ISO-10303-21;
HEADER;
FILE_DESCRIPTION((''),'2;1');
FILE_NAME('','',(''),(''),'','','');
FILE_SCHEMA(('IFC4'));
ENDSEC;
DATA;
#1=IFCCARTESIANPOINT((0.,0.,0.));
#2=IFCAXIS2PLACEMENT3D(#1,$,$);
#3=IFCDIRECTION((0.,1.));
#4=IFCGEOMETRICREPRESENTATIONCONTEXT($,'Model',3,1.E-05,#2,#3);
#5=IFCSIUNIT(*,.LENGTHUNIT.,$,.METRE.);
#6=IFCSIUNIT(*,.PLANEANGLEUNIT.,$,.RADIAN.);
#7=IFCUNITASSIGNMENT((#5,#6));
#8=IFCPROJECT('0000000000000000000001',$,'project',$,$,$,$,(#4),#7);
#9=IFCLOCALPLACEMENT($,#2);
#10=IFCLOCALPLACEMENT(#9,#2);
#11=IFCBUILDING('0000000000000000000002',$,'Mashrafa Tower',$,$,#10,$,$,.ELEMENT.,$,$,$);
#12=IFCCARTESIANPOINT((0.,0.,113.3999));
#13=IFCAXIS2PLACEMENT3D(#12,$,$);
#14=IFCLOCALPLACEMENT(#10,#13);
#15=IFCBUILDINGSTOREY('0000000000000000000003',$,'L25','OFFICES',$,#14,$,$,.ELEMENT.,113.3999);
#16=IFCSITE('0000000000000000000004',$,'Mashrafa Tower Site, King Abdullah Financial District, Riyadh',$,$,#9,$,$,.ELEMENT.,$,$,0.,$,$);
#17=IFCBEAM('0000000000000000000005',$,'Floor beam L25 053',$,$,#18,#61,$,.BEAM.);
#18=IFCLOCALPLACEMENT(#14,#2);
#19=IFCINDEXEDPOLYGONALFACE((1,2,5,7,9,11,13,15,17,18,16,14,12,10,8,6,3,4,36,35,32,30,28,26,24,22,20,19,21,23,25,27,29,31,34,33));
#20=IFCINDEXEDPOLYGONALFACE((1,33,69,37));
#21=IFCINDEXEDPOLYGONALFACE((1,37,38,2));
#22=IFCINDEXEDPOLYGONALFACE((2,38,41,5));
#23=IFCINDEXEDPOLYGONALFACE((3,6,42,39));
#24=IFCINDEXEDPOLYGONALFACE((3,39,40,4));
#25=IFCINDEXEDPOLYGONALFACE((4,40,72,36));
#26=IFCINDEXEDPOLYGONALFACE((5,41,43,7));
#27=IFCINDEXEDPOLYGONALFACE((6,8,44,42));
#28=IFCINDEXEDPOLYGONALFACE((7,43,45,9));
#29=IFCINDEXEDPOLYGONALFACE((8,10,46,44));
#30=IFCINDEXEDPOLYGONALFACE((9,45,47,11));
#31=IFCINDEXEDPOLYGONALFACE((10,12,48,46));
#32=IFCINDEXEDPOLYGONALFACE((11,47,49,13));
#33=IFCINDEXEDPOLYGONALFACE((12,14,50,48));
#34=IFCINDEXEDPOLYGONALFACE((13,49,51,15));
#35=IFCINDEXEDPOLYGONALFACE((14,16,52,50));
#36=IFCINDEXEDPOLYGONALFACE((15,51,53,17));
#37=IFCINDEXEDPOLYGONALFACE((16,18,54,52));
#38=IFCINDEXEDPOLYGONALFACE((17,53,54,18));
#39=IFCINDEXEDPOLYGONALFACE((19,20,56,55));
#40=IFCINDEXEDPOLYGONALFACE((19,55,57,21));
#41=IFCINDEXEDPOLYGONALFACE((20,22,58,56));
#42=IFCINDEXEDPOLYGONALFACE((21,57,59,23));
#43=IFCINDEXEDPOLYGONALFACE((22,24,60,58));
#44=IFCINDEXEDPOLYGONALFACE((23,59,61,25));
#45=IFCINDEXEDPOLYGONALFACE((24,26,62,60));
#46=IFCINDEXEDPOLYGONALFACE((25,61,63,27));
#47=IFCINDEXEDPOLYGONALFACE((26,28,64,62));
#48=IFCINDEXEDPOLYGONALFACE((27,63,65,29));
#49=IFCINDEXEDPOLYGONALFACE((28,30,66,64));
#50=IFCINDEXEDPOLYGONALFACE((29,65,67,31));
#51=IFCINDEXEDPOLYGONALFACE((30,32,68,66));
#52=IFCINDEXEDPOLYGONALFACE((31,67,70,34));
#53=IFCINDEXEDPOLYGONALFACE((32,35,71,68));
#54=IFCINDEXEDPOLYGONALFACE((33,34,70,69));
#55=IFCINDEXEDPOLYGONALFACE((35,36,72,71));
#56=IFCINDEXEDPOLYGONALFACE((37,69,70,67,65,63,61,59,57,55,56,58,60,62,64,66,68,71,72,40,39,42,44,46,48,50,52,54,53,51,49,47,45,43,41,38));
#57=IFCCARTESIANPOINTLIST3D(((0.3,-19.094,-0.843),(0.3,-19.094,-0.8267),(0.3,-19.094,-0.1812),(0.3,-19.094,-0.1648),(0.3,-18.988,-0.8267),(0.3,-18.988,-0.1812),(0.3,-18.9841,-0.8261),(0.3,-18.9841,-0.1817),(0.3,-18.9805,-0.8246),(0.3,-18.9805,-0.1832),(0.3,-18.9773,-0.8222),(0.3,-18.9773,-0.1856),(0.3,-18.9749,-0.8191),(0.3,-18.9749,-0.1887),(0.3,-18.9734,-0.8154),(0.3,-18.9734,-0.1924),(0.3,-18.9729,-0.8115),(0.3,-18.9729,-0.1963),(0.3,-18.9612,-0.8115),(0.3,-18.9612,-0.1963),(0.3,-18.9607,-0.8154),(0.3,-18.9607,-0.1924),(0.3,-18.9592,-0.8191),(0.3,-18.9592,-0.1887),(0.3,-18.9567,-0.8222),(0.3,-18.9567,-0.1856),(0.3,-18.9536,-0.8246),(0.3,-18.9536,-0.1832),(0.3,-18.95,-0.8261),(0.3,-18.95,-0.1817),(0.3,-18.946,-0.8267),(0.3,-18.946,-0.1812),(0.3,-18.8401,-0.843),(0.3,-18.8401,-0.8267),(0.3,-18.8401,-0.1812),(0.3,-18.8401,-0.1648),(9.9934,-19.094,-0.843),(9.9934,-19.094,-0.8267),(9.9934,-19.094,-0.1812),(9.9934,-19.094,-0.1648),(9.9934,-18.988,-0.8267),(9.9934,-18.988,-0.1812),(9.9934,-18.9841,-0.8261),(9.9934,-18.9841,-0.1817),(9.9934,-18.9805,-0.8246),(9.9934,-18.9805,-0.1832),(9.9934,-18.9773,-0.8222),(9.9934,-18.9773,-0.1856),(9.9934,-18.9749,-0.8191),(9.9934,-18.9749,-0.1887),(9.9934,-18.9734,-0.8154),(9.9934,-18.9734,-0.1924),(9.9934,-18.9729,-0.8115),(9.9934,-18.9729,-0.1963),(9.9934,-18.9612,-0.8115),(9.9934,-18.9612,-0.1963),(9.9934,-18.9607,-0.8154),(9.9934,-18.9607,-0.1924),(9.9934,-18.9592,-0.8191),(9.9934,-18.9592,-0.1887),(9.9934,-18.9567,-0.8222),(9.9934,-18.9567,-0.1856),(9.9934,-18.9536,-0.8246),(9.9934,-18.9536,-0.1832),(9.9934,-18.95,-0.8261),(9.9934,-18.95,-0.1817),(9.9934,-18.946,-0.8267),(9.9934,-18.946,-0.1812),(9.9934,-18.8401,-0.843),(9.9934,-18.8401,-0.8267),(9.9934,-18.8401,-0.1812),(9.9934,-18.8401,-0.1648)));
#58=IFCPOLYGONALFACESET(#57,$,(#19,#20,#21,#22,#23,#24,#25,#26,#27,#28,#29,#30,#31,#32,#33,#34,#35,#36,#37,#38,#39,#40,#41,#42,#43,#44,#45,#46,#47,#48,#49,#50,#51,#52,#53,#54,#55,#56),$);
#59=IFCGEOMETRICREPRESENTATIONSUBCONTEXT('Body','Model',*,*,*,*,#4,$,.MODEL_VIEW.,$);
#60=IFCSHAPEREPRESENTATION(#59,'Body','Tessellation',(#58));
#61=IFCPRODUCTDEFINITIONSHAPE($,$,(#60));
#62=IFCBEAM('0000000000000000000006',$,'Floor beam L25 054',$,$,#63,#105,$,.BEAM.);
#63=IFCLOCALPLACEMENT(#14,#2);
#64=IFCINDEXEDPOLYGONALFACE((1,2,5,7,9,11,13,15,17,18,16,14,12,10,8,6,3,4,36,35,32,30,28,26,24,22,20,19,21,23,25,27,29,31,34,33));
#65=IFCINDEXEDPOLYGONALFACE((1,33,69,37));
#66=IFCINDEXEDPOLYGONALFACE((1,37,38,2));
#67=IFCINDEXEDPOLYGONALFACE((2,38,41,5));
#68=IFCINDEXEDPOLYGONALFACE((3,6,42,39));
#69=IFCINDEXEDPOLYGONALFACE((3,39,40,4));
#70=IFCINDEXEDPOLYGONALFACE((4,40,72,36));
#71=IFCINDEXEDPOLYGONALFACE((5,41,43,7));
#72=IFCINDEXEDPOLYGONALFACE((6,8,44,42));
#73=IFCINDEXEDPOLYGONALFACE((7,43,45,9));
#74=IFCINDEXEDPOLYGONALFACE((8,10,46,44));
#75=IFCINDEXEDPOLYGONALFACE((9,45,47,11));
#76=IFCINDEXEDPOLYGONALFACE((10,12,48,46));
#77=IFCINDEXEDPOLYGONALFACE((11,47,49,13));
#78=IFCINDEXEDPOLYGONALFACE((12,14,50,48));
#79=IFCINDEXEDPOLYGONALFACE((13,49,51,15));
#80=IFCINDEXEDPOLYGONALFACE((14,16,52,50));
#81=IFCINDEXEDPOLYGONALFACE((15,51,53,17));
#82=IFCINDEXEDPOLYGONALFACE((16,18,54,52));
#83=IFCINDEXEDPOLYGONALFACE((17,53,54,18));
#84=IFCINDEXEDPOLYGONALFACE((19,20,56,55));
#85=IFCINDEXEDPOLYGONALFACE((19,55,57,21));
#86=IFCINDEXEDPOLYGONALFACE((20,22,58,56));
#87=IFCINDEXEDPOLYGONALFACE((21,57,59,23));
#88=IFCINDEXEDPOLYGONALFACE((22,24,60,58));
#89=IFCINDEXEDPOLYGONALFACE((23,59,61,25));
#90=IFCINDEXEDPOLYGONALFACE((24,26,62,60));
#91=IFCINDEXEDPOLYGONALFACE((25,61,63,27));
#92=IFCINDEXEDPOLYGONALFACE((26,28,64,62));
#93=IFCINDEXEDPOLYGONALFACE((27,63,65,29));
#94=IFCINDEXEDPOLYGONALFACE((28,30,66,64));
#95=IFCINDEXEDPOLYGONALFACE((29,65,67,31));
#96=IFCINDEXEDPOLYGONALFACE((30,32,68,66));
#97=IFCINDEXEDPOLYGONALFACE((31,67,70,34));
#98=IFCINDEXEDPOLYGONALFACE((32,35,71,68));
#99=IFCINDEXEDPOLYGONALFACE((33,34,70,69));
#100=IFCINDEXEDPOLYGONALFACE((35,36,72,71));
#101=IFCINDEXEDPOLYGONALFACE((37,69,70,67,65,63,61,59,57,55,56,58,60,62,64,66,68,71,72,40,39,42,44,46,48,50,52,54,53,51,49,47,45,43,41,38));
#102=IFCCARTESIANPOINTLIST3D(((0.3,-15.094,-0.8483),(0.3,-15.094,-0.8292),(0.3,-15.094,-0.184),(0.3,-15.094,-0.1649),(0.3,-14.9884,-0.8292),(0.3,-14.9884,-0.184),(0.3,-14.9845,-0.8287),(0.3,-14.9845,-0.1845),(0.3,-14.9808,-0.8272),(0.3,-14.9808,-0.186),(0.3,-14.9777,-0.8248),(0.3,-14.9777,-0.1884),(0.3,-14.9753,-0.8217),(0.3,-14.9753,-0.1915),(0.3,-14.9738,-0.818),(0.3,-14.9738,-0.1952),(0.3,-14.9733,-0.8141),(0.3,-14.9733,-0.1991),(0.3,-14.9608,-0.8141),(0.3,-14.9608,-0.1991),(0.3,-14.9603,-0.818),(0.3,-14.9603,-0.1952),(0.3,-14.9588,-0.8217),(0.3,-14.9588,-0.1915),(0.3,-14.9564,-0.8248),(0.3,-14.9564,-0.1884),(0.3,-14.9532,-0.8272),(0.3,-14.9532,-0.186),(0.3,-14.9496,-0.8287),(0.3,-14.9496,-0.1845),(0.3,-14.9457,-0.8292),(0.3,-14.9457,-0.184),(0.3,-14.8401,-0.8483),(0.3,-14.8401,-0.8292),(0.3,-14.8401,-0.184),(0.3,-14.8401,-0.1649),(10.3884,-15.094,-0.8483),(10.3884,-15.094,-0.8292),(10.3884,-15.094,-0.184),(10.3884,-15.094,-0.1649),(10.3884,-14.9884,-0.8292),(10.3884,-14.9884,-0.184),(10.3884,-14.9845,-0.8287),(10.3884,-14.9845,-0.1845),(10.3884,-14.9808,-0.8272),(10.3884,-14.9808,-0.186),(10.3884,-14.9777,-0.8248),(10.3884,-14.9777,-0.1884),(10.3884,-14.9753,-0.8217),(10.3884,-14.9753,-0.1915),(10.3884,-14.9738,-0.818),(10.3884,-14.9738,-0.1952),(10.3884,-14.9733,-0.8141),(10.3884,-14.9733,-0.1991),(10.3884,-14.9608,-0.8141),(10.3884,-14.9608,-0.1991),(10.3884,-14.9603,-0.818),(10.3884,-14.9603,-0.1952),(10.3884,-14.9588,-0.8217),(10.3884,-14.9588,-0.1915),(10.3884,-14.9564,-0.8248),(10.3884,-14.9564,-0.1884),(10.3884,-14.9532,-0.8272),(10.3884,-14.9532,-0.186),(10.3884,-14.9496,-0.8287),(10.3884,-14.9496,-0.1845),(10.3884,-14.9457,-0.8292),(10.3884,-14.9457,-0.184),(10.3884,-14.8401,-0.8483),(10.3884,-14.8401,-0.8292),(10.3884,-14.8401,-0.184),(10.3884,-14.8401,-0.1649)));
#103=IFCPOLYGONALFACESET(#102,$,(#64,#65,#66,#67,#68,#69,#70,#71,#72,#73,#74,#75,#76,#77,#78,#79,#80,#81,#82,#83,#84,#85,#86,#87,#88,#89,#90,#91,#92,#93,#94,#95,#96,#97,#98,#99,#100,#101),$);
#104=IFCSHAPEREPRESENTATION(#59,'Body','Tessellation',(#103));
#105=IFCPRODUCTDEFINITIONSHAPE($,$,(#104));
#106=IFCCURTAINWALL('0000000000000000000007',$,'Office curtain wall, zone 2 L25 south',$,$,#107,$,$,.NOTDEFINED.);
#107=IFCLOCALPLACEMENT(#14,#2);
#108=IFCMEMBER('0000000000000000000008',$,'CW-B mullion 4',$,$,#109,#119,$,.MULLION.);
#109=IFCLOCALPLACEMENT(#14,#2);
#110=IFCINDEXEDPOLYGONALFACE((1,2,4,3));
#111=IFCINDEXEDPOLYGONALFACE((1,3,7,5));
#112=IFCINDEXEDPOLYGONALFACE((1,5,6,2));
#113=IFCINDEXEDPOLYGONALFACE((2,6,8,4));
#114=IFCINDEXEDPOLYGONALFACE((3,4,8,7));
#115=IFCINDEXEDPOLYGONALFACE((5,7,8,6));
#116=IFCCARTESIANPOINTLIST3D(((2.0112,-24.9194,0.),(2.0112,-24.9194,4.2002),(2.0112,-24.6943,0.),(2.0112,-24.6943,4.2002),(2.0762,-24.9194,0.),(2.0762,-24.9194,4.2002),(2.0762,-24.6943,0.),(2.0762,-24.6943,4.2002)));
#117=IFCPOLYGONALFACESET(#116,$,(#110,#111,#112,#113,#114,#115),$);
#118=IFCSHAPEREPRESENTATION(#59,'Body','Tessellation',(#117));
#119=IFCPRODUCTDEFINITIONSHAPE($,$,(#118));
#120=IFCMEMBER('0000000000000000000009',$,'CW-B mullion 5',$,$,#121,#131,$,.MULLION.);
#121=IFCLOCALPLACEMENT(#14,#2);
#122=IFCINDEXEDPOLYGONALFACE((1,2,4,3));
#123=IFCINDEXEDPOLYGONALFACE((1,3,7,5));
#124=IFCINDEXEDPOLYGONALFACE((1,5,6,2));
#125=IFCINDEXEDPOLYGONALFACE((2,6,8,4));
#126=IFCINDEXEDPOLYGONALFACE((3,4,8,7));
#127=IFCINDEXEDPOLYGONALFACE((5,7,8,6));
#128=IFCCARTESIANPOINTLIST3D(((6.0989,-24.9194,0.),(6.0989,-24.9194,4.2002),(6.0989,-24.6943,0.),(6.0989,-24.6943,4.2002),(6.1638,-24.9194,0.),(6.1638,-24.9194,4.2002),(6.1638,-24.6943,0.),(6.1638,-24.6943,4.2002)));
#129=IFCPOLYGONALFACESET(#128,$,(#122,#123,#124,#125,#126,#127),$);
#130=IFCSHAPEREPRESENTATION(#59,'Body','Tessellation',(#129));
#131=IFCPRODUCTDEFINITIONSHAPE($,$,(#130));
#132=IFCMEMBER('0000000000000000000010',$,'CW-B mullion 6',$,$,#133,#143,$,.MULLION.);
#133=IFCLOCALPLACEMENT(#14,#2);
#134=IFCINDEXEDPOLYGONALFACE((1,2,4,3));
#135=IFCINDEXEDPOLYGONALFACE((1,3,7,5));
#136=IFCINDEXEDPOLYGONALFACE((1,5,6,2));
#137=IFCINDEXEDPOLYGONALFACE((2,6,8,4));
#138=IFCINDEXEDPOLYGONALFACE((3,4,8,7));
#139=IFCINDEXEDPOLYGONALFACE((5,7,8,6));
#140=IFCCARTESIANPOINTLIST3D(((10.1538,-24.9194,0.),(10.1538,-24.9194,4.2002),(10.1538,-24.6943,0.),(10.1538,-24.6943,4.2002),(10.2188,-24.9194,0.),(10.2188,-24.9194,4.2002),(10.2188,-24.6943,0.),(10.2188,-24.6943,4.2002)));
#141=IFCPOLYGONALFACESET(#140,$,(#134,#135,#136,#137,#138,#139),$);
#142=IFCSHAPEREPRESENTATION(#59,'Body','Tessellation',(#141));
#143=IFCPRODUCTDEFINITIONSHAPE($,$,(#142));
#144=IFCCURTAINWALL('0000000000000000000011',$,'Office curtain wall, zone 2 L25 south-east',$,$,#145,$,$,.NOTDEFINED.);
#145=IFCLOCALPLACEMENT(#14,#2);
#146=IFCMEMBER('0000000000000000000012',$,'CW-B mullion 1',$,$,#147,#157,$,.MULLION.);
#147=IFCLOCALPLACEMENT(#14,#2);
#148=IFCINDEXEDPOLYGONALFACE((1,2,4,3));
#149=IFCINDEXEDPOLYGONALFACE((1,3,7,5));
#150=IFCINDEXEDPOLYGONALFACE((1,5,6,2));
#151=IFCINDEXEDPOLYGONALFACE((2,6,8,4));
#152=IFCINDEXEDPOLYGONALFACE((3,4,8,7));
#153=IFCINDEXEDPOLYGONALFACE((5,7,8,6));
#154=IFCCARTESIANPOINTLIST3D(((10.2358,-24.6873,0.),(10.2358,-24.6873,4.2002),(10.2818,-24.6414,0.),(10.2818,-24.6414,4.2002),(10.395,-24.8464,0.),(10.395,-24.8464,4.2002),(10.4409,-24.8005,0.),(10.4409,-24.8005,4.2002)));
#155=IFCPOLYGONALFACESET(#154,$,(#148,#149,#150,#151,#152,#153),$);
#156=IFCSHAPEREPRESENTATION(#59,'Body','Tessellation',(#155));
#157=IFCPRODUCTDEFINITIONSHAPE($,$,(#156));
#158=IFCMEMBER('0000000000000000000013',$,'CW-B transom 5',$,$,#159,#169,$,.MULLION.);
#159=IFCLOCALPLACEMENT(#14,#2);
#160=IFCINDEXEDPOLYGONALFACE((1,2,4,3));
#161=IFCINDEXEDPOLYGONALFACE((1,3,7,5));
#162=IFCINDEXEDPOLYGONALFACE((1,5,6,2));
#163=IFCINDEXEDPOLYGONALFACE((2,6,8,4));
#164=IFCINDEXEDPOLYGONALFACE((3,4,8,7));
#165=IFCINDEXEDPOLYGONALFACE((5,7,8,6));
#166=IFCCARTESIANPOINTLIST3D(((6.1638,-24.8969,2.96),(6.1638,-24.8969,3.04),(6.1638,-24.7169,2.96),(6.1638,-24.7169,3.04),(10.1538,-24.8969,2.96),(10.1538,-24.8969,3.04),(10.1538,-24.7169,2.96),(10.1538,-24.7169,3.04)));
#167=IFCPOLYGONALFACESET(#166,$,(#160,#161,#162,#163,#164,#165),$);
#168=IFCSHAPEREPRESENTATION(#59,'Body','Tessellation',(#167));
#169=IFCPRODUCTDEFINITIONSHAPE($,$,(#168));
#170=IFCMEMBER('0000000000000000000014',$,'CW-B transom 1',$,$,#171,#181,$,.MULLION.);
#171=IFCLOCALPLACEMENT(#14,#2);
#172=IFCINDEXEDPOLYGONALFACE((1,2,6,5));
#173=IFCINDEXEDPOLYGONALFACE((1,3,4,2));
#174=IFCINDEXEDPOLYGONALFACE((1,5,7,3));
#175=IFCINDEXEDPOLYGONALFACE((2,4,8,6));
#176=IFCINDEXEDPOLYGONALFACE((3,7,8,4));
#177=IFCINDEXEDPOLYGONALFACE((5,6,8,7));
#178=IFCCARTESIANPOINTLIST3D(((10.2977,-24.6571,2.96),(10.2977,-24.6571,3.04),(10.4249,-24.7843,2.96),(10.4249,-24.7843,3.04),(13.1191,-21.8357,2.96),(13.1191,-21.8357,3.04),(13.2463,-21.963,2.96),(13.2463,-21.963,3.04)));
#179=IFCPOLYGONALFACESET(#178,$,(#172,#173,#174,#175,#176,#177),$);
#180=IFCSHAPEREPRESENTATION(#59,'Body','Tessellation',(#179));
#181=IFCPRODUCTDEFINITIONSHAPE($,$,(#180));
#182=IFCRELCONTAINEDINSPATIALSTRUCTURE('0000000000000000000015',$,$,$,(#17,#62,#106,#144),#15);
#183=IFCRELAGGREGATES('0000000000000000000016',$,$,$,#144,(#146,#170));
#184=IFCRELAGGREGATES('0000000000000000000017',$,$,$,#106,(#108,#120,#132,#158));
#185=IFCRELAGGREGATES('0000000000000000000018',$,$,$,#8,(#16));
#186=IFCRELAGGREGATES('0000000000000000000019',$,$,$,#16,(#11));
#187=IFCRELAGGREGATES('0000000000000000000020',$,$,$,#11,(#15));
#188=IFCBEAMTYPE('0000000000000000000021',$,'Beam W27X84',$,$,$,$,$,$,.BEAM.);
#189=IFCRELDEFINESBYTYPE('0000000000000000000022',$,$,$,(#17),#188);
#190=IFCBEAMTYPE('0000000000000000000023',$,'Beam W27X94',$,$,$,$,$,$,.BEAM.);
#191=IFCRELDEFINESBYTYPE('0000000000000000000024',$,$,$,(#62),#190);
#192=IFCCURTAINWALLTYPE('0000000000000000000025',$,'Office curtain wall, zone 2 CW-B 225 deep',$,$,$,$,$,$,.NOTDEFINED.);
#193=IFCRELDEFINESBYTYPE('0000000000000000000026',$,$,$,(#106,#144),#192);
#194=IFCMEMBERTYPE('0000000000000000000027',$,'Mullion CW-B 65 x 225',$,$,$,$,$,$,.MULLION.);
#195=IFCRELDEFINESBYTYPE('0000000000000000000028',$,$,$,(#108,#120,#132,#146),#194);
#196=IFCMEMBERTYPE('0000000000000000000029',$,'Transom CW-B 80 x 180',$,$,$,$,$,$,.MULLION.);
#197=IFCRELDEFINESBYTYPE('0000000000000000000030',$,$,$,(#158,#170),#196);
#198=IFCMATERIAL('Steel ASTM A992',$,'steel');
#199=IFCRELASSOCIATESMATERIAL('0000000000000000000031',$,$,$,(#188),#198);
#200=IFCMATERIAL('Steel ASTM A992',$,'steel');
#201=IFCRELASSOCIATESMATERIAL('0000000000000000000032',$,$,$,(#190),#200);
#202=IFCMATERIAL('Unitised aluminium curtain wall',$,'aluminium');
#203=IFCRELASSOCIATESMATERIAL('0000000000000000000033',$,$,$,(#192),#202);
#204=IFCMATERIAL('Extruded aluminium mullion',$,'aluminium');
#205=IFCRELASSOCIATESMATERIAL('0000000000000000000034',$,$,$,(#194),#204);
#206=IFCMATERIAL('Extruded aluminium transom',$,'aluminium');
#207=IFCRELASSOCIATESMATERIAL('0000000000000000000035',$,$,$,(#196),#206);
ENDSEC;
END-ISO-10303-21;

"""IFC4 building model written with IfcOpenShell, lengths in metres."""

from ifc_helpers import new_model, si_unit, direction, frame, origin, origin_2d, place, context, subcontext, project, spatial, rectangle, i_section, extrude, source, transform, mapped, material, material_profile, profile_set, type_object, type_shapes, element, aggregate, save


model = new_model("IFC4")

# Units and contexts
model_context = context("Model", 3, precision=1e-05, world=origin(), true_north=direction((0.0, 1.0)))
body_context = subcontext(model_context, "Body", "Model", "MODEL_VIEW")
ifc_project = project(units=[si_unit("LENGTHUNIT", "METRE"), si_unit("PLANEANGLEUNIT", "RADIAN")], contexts=[model_context])

# Site, building, storey
site_placement = place(None, origin())
site = spatial("IfcSite", under=ifc_project, at=site_placement, Name="Mashrafa Tower Site, King Abdullah Financial District, Riyadh", CompositionType="ELEMENT", RefElevation=0.0)
building_placement = place(site_placement, origin())
building = spatial("IfcBuilding", under=site, at=building_placement, Name="Mashrafa Tower", CompositionType="ELEMENT")
storey_placement = place(building_placement, frame((0.0, 0.0, 113.3999)))
storey = spatial("IfcBuildingStorey", under=building, at=storey_placement, Name="L25", Description="OFFICES", CompositionType="ELEMENT", Elevation=113.3999)

# Beams
ifc_material_1 = material(Name="Steel ASTM A992", Category="steel")
ifc_material_profile_1 = material_profile(ifc_material_1, i_section(OverallWidth=0.2539, OverallDepth=0.6782, WebThickness=0.0117, FlangeThickness=0.0164, FilletRadius=0.0151, at=origin_2d()), Name="W27X84")
ifc_profile_set_1 = profile_set([ifc_material_profile_1], Name="Steel ASTM A992")
beam_type_1 = type_object("IfcBeamType", Name="Beam W27X84", PredefinedType="BEAM", material=ifc_profile_set_1)
beam_1_placement = place(storey_placement, frame((9.9934, -18.967, -0.5039), z_axis=(-1.0, 0.0, 0.0), x_axis=(0.0, -1.0, 0.0)))
element("IfcBeam", 1, at=beam_1_placement, inside=storey, type_object=beam_type_1, Name="Floor beam L25 053", PredefinedType="BEAM", context=body_context, shape_type="SweptSolid", body=[
    extrude(i_section(OverallWidth=0.2539, OverallDepth=0.6782, WebThickness=0.0117, FlangeThickness=0.0164, FilletRadius=0.0151, at=origin_2d()), origin(), (0.0, 0.0, 1.0), 9.6934),
])
ifc_material_2 = material(Name="Steel ASTM A992", Category="steel")
ifc_material_profile_2 = material_profile(ifc_material_2, i_section(OverallWidth=0.2539, OverallDepth=0.6833, WebThickness=0.0125, FlangeThickness=0.019, FilletRadius=0.0151, at=origin_2d()), Name="W27X94")
ifc_profile_set_2 = profile_set([ifc_material_profile_2], Name="Steel ASTM A992")
beam_type_2 = type_object("IfcBeamType", Name="Beam W27X94", PredefinedType="BEAM", material=ifc_profile_set_2)
beam_2_placement = place(storey_placement, frame((10.3884, -14.967, -0.5066), z_axis=(-1.0, 0.0, 0.0), x_axis=(0.0, -1.0, 0.0)))
element("IfcBeam", 2, at=beam_2_placement, inside=storey, type_object=beam_type_2, Name="Floor beam L25 054", PredefinedType="BEAM", context=body_context, shape_type="SweptSolid", body=[
    extrude(i_section(OverallWidth=0.2539, OverallDepth=0.6833, WebThickness=0.0125, FlangeThickness=0.019, FilletRadius=0.0151, at=origin_2d()), origin(), (0.0, 0.0, 1.0), 10.0884),
])

# Curtain wall, members
ifc_material_3 = material(Name="Unitised aluminium curtain wall", Category="aluminium")
curtain_wall_type = type_object("IfcCurtainWallType", Name="Office curtain wall, zone 2 CW-B 225 deep", PredefinedType="NOTDEFINED", material=ifc_material_3)
curtain_wall_1_placement = place(storey_placement, origin())
curtain_wall_1 = element("IfcCurtainWall", 3, at=curtain_wall_1_placement, inside=storey, type_object=curtain_wall_type, Name="Office curtain wall, zone 2 L25 south", PredefinedType="NOTDEFINED")
ifc_material_4 = material(Name="Extruded aluminium mullion", Category="aluminium")
ifc_material_profile_3 = material_profile(ifc_material_4, rectangle(XDim=0.2251, YDim=0.0649, at=origin_2d()), Name="Mullion 65x225")
ifc_profile_set_3 = profile_set([ifc_material_profile_3], Name="Extruded aluminium mullion")
member_type_1 = type_object("IfcMemberType", Name="Mullion CW-B 65 x 225", PredefinedType="MULLION", material=ifc_profile_set_3)
shared_shape_1 = source(origin(), body_context, "Body", "SweptSolid", [
    extrude(rectangle(XDim=0.2251, YDim=0.0649, at=origin_2d()), origin(), (0.0, 0.0, 1.0), 4.2002),
])
type_shapes(member_type_1, [shared_shape_1])
member_1_placement = place(storey_placement, frame((2.0437, -24.8069, 0.0), z_axis=(0.0, 0.0, 1.0), x_axis=(0.0, 1.0, 0.0)))
member_1 = element("IfcMember", 4, at=member_1_placement, type_object=member_type_1, Name="CW-B mullion 4", PredefinedType="MULLION", context=body_context, shape_type="MappedRepresentation", body=[
    mapped(shared_shape_1, transform((0.0, 0.0, 0.0))),
])
member_2_placement = place(storey_placement, frame((6.1313, -24.8069, 0.0), z_axis=(0.0, 0.0, 1.0), x_axis=(0.0, 1.0, 0.0)))
member_2 = element("IfcMember", 5, at=member_2_placement, type_object=member_type_1, Name="CW-B mullion 5", PredefinedType="MULLION", context=body_context, shape_type="MappedRepresentation", body=[
    mapped(shared_shape_1, transform((0.0, 0.0, 0.0))),
])
member_3_placement = place(storey_placement, frame((10.1863, -24.8069, 0.0), z_axis=(0.0, 0.0, 1.0), x_axis=(0.0, 1.0, 0.0)))
member_3 = element("IfcMember", 6, at=member_3_placement, type_object=member_type_1, Name="CW-B mullion 6", PredefinedType="MULLION", context=body_context, shape_type="MappedRepresentation", body=[
    mapped(shared_shape_1, transform((0.0, 0.0, 0.0))),
])

# Curtain wall, member
curtain_wall_2_placement = place(storey_placement, origin())
curtain_wall_2 = element("IfcCurtainWall", 7, at=curtain_wall_2_placement, inside=storey, type_object=curtain_wall_type, Name="Office curtain wall, zone 2 L25 south-east", PredefinedType="NOTDEFINED")
member_4_placement = place(storey_placement, frame((10.3384, -24.7439, 0.0), z_axis=(0.0, 0.0, 1.0), x_axis=(-0.707107, 0.707107, 0.0)))
member_4 = element("IfcMember", 8, at=member_4_placement, type_object=member_type_1, Name="CW-B mullion 1", PredefinedType="MULLION", context=body_context, shape_type="MappedRepresentation", body=[
    mapped(shared_shape_1, transform((0.0, 0.0, 0.0))),
])

# Members
ifc_material_5 = material(Name="Extruded aluminium transom", Category="aluminium")
ifc_material_profile_4 = material_profile(ifc_material_5, rectangle(XDim=0.1799, YDim=0.0801, at=origin_2d()), Name="Transom 80x180")
ifc_profile_set_4 = profile_set([ifc_material_profile_4], Name="Extruded aluminium transom")
member_type_2 = type_object("IfcMemberType", Name="Transom CW-B 80 x 180", PredefinedType="MULLION", material=ifc_profile_set_4)
shared_shape_2 = source(origin(), body_context, "Body", "SweptSolid", [
    extrude(rectangle(XDim=0.1799, YDim=0.0801, at=origin_2d()), origin(), (0.0, 0.0, 1.0), 3.99),
])
member_5_placement = place(storey_placement, frame((6.1638, -24.8069, 3.0), z_axis=(1.0, 0.0, 0.0), x_axis=(0.0, 1.0, 0.0)))
member_5 = element("IfcMember", 9, at=member_5_placement, type_object=member_type_2, Name="CW-B transom 5", PredefinedType="MULLION", context=body_context, shape_type="MappedRepresentation", body=[
    mapped(shared_shape_2, transform((0.0, 0.0, 0.0))),
])
member_6_placement = place(storey_placement, frame((10.3613, -24.7207, 3.0), z_axis=(0.707107, 0.707107, 0.0), x_axis=(-0.707107, 0.707107, 0.0)))
member_6 = element("IfcMember", 10, at=member_6_placement, type_object=member_type_2, Name="CW-B transom 1", PredefinedType="MULLION", context=body_context, shape_type="MappedRepresentation", body=[
    mapped(shared_shape_2, transform((0.0, 0.0, 0.0))),
])
aggregate(curtain_wall_2, [member_4, member_6])

aggregate(curtain_wall_1, [member_1, member_2, member_3, member_5])

save(model, "model.ifc")
